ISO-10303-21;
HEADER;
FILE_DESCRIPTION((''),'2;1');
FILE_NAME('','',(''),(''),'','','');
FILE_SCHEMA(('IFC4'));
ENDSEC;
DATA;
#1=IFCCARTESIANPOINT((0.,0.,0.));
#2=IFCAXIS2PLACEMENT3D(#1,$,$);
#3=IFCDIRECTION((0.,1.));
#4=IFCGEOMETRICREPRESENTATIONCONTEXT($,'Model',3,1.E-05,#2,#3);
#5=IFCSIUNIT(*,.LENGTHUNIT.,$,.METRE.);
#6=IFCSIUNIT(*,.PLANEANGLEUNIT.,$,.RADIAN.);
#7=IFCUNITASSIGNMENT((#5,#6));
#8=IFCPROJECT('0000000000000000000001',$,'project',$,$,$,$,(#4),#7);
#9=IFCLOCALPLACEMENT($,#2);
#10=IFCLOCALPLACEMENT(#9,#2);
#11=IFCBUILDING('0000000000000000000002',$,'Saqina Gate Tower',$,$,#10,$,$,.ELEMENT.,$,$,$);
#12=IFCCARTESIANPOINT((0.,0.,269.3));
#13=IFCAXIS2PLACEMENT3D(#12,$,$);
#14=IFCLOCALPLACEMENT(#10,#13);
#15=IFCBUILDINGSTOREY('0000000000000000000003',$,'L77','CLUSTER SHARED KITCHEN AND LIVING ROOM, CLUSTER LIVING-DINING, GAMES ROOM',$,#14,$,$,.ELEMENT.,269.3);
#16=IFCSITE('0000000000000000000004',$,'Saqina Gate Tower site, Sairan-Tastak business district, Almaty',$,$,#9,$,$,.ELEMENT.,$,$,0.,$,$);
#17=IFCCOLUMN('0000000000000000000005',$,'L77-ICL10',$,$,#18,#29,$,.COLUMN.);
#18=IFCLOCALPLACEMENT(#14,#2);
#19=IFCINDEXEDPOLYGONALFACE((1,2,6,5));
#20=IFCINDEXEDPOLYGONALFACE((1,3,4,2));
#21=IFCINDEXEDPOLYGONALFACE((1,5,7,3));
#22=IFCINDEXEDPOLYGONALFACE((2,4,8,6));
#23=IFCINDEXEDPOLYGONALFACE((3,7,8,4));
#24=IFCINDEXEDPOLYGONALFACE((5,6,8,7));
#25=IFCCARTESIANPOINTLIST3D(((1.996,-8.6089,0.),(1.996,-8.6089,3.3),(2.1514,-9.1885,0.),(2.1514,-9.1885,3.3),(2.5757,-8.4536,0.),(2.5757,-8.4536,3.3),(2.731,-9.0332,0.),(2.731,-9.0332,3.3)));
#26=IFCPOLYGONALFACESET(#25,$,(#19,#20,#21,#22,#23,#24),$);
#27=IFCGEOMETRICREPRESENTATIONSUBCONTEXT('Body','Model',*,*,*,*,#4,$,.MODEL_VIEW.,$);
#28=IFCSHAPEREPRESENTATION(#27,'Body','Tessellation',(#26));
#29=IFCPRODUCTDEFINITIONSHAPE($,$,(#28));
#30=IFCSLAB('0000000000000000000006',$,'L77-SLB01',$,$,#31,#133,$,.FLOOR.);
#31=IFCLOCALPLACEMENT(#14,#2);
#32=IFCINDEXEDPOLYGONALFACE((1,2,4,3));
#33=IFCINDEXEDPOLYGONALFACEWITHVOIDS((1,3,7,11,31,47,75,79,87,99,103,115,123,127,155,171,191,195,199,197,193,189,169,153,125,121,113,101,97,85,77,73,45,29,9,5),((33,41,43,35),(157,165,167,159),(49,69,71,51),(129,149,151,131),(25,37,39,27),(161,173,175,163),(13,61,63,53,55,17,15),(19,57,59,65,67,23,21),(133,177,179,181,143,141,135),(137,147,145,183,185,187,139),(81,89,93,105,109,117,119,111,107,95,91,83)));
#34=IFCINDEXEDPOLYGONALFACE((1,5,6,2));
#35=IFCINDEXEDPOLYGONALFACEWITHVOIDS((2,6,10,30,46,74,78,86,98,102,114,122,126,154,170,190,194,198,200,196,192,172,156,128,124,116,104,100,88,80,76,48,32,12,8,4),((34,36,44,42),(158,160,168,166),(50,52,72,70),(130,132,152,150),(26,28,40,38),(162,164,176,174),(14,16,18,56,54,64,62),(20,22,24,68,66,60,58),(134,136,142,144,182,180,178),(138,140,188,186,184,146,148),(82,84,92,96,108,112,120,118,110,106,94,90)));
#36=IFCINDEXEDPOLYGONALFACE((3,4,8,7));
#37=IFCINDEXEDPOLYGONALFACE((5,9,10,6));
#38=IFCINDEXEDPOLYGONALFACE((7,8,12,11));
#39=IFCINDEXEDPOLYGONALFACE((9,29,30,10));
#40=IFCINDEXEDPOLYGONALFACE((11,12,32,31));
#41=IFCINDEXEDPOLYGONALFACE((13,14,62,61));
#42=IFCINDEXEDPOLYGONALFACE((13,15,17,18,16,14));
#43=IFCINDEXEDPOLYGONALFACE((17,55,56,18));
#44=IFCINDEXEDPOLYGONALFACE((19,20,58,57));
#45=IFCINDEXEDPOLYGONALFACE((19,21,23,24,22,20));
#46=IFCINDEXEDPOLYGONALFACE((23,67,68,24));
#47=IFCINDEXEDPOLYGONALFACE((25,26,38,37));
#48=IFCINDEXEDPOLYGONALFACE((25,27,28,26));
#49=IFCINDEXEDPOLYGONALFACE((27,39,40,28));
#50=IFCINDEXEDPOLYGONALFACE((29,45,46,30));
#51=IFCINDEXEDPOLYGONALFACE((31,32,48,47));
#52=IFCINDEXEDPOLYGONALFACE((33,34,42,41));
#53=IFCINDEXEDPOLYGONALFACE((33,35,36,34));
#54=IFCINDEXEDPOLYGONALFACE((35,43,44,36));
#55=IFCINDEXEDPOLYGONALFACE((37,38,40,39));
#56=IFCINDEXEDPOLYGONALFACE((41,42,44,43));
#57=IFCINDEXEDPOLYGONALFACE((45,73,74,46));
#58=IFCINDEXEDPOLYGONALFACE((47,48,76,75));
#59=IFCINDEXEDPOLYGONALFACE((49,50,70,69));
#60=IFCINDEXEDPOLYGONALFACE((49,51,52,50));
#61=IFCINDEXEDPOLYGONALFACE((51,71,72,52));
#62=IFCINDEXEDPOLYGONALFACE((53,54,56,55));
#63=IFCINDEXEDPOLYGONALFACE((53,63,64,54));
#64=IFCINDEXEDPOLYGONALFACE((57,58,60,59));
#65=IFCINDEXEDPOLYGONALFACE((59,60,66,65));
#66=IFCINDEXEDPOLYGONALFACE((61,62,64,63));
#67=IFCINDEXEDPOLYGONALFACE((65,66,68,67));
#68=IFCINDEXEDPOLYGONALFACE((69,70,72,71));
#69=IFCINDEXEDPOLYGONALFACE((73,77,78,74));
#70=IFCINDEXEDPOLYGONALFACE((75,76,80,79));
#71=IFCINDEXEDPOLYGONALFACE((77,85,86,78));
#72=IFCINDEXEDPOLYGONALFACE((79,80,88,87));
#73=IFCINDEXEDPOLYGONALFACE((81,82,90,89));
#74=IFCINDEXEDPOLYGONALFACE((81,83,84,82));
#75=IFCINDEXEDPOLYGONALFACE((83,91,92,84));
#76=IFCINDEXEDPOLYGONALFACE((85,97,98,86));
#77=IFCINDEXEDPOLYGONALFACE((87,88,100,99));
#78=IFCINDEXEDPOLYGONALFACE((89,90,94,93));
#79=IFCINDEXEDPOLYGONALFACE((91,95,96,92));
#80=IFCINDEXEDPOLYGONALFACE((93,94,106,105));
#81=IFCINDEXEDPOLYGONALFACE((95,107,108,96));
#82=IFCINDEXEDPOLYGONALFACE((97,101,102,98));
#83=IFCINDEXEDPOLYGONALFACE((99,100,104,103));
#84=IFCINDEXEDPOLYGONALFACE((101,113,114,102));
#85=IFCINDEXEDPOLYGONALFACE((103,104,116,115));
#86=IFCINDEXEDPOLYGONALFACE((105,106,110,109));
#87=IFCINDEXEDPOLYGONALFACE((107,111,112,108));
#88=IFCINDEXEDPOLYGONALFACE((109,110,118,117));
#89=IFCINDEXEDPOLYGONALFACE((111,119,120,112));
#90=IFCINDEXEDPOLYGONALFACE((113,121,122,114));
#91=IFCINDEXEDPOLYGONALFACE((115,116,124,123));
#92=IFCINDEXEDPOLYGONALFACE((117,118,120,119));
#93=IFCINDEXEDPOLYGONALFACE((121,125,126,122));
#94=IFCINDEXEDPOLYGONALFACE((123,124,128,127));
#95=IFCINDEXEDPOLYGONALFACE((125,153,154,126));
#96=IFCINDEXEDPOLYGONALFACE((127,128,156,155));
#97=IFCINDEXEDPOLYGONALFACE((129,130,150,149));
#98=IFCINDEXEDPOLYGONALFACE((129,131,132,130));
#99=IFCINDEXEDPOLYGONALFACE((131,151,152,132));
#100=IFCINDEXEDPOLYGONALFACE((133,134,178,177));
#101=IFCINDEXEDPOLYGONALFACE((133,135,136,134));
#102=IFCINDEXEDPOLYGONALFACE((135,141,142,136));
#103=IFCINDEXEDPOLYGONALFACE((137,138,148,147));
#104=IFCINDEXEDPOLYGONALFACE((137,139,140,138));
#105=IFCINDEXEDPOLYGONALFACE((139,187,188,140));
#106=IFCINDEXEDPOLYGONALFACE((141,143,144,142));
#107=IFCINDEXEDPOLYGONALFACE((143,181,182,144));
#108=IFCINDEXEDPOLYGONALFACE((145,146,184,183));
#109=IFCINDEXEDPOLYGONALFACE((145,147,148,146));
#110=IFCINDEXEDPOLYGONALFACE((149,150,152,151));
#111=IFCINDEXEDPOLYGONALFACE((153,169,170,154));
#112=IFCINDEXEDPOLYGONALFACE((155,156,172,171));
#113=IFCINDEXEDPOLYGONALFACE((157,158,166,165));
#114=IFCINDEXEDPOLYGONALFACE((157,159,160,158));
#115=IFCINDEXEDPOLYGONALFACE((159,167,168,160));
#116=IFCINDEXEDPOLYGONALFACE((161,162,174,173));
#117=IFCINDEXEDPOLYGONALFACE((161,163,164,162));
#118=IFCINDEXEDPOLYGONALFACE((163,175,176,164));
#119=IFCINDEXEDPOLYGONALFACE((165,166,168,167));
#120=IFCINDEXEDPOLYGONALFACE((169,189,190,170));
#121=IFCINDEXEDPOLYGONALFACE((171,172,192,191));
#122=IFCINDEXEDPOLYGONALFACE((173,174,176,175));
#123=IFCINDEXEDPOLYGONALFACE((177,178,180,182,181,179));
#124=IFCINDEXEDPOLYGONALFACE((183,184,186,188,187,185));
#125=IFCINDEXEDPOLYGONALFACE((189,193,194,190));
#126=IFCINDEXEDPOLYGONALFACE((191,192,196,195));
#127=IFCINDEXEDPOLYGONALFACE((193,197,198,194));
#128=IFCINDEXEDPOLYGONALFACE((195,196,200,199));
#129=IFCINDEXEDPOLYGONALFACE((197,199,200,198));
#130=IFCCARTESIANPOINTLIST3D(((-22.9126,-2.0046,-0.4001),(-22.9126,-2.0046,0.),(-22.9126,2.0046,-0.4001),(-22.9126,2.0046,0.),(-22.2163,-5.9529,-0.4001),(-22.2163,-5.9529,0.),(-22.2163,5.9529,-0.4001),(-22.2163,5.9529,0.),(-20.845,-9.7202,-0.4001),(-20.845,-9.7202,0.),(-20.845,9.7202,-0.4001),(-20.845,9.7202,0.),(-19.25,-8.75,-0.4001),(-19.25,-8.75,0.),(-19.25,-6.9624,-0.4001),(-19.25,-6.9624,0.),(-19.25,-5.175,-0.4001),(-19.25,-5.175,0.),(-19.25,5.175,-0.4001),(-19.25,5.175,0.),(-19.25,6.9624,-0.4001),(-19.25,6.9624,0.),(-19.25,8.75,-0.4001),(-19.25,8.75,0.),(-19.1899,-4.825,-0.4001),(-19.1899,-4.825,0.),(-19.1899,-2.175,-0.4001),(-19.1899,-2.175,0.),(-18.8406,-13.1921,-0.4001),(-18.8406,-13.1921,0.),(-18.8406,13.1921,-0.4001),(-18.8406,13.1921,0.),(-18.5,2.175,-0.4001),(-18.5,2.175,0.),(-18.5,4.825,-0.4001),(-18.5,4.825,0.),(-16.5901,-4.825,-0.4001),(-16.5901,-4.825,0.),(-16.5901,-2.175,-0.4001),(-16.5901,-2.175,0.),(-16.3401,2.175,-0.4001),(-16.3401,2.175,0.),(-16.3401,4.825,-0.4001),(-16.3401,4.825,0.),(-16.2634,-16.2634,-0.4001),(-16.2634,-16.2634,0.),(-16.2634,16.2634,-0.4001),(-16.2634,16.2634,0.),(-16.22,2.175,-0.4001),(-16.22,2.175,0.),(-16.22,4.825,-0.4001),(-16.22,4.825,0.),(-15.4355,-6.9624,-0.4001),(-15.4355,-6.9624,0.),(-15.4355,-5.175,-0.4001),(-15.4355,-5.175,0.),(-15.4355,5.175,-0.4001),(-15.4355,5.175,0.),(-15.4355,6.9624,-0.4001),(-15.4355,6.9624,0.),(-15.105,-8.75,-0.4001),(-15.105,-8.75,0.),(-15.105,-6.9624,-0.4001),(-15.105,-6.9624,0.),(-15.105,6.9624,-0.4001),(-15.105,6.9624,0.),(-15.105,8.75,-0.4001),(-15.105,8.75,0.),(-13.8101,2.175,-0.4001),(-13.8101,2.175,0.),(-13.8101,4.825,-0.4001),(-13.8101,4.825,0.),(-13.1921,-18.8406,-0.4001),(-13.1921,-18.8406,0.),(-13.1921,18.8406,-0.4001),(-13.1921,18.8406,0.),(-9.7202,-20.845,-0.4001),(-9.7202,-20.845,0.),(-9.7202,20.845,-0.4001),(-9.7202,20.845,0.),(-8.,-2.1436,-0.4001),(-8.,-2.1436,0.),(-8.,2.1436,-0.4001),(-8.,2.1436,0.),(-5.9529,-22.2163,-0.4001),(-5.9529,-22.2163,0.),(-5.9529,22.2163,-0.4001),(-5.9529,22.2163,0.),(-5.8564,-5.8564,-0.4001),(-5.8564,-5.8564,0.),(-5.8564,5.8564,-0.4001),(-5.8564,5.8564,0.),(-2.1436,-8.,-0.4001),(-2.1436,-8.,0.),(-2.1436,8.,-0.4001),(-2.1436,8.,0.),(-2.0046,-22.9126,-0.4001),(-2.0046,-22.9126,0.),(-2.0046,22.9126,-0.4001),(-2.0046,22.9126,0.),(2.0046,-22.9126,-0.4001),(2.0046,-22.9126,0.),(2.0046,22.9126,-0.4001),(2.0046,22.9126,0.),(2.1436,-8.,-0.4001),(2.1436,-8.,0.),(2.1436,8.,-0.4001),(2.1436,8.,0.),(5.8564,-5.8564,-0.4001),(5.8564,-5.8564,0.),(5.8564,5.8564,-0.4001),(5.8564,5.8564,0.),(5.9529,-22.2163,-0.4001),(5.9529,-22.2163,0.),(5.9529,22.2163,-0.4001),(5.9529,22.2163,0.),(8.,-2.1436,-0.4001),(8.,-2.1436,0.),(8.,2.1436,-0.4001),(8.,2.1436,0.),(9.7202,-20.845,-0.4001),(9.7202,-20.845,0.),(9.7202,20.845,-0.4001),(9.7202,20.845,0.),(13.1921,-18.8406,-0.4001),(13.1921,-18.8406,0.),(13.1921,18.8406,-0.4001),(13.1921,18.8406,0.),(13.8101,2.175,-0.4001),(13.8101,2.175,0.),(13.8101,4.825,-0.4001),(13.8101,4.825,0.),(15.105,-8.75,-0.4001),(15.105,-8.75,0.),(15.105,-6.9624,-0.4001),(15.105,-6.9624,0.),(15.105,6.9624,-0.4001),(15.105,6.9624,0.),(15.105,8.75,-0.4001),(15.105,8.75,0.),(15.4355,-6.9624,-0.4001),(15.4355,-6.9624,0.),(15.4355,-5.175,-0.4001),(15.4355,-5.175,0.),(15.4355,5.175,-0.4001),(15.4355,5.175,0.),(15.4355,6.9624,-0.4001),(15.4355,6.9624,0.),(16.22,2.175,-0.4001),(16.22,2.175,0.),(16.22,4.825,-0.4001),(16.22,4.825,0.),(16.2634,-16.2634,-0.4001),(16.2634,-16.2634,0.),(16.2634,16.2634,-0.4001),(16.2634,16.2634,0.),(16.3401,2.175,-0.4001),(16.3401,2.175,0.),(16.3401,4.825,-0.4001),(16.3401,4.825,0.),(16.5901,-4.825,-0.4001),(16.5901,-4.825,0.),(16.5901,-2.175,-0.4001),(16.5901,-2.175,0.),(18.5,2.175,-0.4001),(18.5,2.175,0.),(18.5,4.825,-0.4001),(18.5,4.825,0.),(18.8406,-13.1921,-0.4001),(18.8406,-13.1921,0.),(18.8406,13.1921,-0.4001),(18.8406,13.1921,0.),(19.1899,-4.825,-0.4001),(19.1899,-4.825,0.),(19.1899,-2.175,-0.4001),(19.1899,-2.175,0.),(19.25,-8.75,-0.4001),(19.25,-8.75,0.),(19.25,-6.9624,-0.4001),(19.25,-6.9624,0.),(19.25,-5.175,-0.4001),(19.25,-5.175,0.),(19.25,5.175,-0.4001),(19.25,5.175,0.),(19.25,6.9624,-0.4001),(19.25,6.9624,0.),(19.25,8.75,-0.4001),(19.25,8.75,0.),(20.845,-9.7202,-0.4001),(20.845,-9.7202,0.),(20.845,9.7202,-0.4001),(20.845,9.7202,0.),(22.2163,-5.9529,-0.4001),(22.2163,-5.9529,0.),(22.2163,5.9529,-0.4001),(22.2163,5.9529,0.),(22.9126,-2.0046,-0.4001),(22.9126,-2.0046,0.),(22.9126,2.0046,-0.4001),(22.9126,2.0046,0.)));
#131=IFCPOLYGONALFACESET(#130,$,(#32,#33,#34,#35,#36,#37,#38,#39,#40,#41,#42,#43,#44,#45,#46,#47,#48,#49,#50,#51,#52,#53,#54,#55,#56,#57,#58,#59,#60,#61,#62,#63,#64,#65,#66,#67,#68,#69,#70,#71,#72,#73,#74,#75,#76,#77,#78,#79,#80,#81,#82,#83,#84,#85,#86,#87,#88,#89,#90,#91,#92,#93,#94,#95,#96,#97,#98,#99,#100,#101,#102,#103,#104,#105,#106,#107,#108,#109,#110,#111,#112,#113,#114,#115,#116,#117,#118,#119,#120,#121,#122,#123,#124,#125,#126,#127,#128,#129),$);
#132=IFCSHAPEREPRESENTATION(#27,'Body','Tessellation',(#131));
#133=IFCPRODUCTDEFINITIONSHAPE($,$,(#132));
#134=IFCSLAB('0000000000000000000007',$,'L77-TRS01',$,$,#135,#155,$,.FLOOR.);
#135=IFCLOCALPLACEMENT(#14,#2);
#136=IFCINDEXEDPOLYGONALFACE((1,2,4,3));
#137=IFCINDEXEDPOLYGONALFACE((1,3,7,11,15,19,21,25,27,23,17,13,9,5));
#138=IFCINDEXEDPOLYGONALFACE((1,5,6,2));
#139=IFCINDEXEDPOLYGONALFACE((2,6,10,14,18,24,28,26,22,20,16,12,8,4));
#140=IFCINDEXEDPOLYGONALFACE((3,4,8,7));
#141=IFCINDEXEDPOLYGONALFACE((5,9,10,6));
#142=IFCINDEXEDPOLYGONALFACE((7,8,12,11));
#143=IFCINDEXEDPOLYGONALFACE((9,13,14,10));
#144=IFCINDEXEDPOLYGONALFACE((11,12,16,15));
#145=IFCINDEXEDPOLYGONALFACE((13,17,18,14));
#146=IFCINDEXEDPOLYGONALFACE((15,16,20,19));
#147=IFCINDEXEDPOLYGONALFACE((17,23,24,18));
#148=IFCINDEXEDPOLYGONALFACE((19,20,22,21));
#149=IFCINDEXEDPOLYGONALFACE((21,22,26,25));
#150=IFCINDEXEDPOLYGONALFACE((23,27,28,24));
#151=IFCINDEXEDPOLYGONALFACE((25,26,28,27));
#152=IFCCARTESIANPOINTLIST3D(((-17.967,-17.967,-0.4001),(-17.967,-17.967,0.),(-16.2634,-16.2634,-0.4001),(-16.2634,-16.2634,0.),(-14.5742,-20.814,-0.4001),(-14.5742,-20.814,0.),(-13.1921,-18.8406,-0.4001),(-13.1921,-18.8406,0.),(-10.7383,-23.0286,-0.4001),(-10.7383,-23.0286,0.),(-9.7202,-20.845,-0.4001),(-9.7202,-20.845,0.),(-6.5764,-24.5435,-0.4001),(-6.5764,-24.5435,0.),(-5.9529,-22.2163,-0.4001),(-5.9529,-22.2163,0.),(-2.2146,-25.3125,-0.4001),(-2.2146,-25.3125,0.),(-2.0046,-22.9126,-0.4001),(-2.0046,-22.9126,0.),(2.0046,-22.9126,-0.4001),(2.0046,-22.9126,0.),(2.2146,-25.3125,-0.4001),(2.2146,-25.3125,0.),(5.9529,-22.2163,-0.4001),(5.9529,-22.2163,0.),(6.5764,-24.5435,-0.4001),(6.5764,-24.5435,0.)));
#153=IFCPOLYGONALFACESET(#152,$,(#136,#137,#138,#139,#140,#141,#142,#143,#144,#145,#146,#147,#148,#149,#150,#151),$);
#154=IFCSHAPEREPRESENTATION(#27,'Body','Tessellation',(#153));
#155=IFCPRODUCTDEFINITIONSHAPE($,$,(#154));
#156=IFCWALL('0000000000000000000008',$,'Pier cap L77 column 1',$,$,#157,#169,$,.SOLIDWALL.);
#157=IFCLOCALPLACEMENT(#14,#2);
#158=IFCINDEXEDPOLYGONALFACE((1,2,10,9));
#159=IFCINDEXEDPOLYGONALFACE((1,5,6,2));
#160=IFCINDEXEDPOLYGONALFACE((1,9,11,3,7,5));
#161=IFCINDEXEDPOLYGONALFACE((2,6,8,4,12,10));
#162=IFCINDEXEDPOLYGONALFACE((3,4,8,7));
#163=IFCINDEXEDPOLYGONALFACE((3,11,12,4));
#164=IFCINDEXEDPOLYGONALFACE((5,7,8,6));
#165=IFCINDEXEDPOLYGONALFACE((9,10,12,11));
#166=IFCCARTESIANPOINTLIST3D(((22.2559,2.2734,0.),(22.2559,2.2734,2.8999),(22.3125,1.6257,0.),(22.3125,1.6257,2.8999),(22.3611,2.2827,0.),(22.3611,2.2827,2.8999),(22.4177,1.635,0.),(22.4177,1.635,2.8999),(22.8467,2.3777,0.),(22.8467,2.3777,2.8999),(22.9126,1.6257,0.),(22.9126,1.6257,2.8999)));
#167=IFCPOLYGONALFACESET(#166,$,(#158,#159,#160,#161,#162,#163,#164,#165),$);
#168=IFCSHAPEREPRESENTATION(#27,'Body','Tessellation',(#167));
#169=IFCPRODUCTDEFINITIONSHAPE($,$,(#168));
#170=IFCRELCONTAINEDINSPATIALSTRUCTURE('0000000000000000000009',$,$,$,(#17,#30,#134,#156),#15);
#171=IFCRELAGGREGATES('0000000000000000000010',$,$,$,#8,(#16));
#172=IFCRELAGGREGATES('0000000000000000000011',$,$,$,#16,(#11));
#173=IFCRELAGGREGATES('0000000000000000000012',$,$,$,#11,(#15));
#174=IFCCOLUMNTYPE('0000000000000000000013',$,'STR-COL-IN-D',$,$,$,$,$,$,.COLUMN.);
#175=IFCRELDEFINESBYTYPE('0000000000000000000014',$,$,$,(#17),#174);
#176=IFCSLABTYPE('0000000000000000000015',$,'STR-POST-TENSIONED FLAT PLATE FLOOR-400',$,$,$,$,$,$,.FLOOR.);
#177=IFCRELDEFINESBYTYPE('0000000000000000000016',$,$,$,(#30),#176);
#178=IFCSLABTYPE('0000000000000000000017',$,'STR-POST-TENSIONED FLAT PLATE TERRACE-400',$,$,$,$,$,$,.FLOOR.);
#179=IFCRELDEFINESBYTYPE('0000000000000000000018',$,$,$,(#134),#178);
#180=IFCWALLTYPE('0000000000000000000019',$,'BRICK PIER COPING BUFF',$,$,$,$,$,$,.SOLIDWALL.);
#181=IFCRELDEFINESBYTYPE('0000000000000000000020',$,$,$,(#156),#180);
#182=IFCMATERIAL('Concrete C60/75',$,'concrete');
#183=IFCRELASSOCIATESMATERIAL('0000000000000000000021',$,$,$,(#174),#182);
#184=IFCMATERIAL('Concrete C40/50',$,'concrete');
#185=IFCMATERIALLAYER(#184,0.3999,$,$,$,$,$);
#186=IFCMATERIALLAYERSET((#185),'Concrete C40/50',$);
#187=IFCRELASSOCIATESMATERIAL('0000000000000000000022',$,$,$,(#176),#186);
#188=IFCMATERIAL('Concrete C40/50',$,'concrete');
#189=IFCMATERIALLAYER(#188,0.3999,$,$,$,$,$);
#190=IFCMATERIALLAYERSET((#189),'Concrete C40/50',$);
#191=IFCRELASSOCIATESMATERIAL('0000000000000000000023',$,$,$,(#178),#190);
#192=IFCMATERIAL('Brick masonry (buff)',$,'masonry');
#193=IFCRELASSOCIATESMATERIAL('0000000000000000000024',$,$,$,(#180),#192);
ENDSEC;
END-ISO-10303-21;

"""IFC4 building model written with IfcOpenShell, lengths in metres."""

from ifc_helpers import new_model, si_unit, direction, frame, origin, origin_2d, place, context, subcontext, project, spatial, polyline, rectangle, outline, extrude, material, layer, layer_set, material_profile, profile_set, type_object, element, save


model = new_model("IFC4")

# Units and contexts
model_context = context("Model", 3, precision=1e-05, world=origin(), true_north=direction((0.0, 1.0)))
body_context = subcontext(model_context, "Body", "Model", "MODEL_VIEW")
ifc_project = project(units=[si_unit("LENGTHUNIT", "METRE"), si_unit("PLANEANGLEUNIT", "RADIAN")], contexts=[model_context])

# Site, building, storey
site_placement = place(None, origin())
site = spatial("IfcSite", under=ifc_project, at=site_placement, Name="Saqina Gate Tower site, Sairan-Tastak business district, Almaty", CompositionType="ELEMENT", RefElevation=0.0)
building_placement = place(site_placement, origin())
building = spatial("IfcBuilding", under=site, at=building_placement, Name="Saqina Gate Tower", CompositionType="ELEMENT")
storey_placement = place(building_placement, frame((0.0, 0.0, 269.3)))
storey = spatial("IfcBuildingStorey", under=building, at=storey_placement, Name="L77", Description="CLUSTER SHARED KITCHEN AND LIVING ROOM, CLUSTER LIVING-DINING, GAMES ROOM", CompositionType="ELEMENT", Elevation=269.3)

# Column
ifc_material_1 = material(Name="Concrete C60/75", Category="concrete")
ifc_material_profile = material_profile(ifc_material_1, rectangle(XDim=0.6001, YDim=0.6001, at=origin_2d()), Name="RC 600x600")
ifc_profile_set = profile_set([ifc_material_profile], Name="Concrete C60/75")
column_type = type_object("IfcColumnType", Name="STR-COL-IN-D", PredefinedType="COLUMN", material=ifc_profile_set)
column_placement = place(storey_placement, frame((2.3635, -8.821, 0.0), z_axis=(0.0, 0.0, 1.0), x_axis=(0.258819, -0.965926, 0.0)))
element("IfcColumn", 1, at=column_placement, inside=storey, type_object=column_type, Name="L77-ICL10", PredefinedType="COLUMN", context=body_context, shape_type="SweptSolid", body=[
    extrude(rectangle(XDim=0.6001, YDim=0.6001, at=origin_2d()), origin(), (0.0, 0.0, 1.0), 3.3),
])

# Slabs
ifc_material_2 = material(Name="Concrete C40/50", Category="concrete")
ifc_layer_1 = layer(ifc_material_2, 0.3999)
ifc_layer_set_1 = layer_set([ifc_layer_1], Name="Concrete C40/50")
slab_type_1 = type_object("IfcSlabType", Name="STR-POST-TENSIONED FLAT PLATE FLOOR-400", PredefinedType="FLOOR", material=ifc_layer_set_1)
slab_1_placement = place(storey_placement, frame((0.0, 0.0, -0.4001)))
element("IfcSlab", 2, at=slab_1_placement, inside=storey, type_object=slab_type_1, Name="L77-SLB01", PredefinedType="FLOOR", context=body_context, shape_type="SweptSolid", body=[
    extrude(outline(polyline([(22.2163, -5.9529), (22.9126, -2.0046), (22.9126, 2.0046), (22.2163, 5.9529), (20.845, 9.7202), (18.8406, 13.1921), (16.2634, 16.2634), (13.1921, 18.8406), (9.7202, 20.845), (5.9529, 22.2163), (2.0046, 22.9126), (-2.0046, 22.9126), (-5.9529, 22.2163), (-9.7202, 20.845), (-13.1921, 18.8406), (-16.2634, 16.2634), (-18.8406, 13.1921), (-20.845, 9.7202), (-22.2163, 5.9529), (-22.9126, 2.0046), (-22.9126, -2.0046), (-22.2163, -5.9529), (-20.845, -9.7202), (-18.8406, -13.1921), (-16.2634, -16.2634), (-13.1921, -18.8406), (-9.7202, -20.845), (-5.9529, -22.2163), (-2.0046, -22.9126), (2.0046, -22.9126), (5.9529, -22.2163), (9.7202, -20.845), (13.1921, -18.8406), (16.2634, -16.2634), (18.8406, -13.1921), (20.845, -9.7202), (22.2163, -5.9529)]), holes=[polyline([(2.1436, 8.0), (5.8564, 5.8564), (8.0, 2.1436), (8.0, -2.1436), (5.8564, -5.8564), (2.1436, -8.0), (-2.1436, -8.0), (-5.8564, -5.8564), (-8.0, -2.1436), (-8.0, 2.1436), (-5.8564, 5.8564), (-2.1436, 8.0), (2.1436, 8.0)]), polyline([(-15.105, -8.75), (-19.25, -8.75), (-19.25, -6.9624), (-19.25, -5.175), (-15.4355, -5.175), (-15.4355, -6.9624), (-15.105, -6.9624), (-15.105, -8.75)]), polyline([(-16.5901, -2.175), (-16.5901, -4.825), (-19.1899, -4.825), (-19.1899, -2.175), (-16.5901, -2.175)]), polyline([(-16.3401, 4.825), (-16.3401, 2.175), (-18.5, 2.175), (-18.5, 4.825), (-16.3401, 4.825)]), polyline([(-13.8101, 4.825), (-13.8101, 2.175), (-16.22, 2.175), (-16.22, 4.825), (-13.8101, 4.825)]), polyline([(-19.25, 6.9624), (-19.25, 8.75), (-15.105, 8.75), (-15.105, 6.9624), (-15.4355, 6.9624), (-15.4355, 5.175), (-19.25, 5.175), (-19.25, 6.9624)]), polyline([(15.105, -8.75), (15.105, -6.9624), (15.4355, -6.9624), (15.4355, -5.175), (19.25, -5.175), (19.25, -6.9624), (19.25, -8.75), (15.105, -8.75)]), polyline([(19.1899, -2.175), (19.1899, -4.825), (16.5901, -4.825), (16.5901, -2.175), (19.1899, -2.175)]), polyline([(16.22, 4.825), (16.22, 2.175), (13.8101, 2.175), (13.8101, 4.825), (16.22, 4.825)]), polyline([(18.5, 4.825), (18.5, 2.175), (16.3401, 2.175), (16.3401, 4.825), (18.5, 4.825)]), polyline([(15.4355, 6.9624), (15.105, 6.9624), (15.105, 8.75), (19.25, 8.75), (19.25, 6.9624), (19.25, 5.175), (15.4355, 5.175), (15.4355, 6.9624)])]), origin(), (0.0, 0.0, 1.0), 0.4001),
])
ifc_material_3 = material(Name="Concrete C40/50", Category="concrete")
ifc_layer_2 = layer(ifc_material_3, 0.3999)
ifc_layer_set_2 = layer_set([ifc_layer_2], Name="Concrete C40/50")
slab_type_2 = type_object("IfcSlabType", Name="STR-POST-TENSIONED FLAT PLATE TERRACE-400", PredefinedType="FLOOR", material=ifc_layer_set_2)
slab_2_placement = place(storey_placement, frame((0.0, 0.0, -0.4001)))
element("IfcSlab", 3, at=slab_2_placement, inside=storey, type_object=slab_type_2, Name="L77-TRS01", PredefinedType="FLOOR", context=body_context, shape_type="SweptSolid", body=[
    extrude(outline(polyline([(-16.2634, -16.2634), (-13.1921, -18.8406), (-9.7202, -20.845), (-5.9529, -22.2163), (-2.0046, -22.9126), (2.0046, -22.9126), (5.9529, -22.2163), (6.5764, -24.5435), (2.2146, -25.3125), (-2.2146, -25.3125), (-6.5764, -24.5435), (-10.7383, -23.0286), (-14.5742, -20.814), (-17.967, -17.967), (-16.2634, -16.2634)])), origin(), (0.0, 0.0, 1.0), 0.4001),
])

# Wall
ifc_material_4 = material(Name="Brick masonry (buff)", Category="masonry")
wall_type_1 = type_object("IfcWallType", Name="BRICK PIER COPING BUFF", PredefinedType="SOLIDWALL", material=ifc_material_4)
wall_1_placement = place(storey_placement, origin())
element("IfcWall", 4, at=wall_1_placement, inside=storey, type_object=wall_type_1, Name="Pier cap L77 column 1", PredefinedType="SOLIDWALL", context=body_context, shape_type="SweptSolid", body=[
    extrude(outline(polyline([(22.9126, 1.6257), (22.8467, 2.3777), (22.2559, 2.2734), (22.3611, 2.2827), (22.4177, 1.635), (22.3125, 1.6257), (22.9126, 1.6257)])), origin(), (0.0, 0.0, 1.0), 2.8999),
])

save(model, "model.ifc")
